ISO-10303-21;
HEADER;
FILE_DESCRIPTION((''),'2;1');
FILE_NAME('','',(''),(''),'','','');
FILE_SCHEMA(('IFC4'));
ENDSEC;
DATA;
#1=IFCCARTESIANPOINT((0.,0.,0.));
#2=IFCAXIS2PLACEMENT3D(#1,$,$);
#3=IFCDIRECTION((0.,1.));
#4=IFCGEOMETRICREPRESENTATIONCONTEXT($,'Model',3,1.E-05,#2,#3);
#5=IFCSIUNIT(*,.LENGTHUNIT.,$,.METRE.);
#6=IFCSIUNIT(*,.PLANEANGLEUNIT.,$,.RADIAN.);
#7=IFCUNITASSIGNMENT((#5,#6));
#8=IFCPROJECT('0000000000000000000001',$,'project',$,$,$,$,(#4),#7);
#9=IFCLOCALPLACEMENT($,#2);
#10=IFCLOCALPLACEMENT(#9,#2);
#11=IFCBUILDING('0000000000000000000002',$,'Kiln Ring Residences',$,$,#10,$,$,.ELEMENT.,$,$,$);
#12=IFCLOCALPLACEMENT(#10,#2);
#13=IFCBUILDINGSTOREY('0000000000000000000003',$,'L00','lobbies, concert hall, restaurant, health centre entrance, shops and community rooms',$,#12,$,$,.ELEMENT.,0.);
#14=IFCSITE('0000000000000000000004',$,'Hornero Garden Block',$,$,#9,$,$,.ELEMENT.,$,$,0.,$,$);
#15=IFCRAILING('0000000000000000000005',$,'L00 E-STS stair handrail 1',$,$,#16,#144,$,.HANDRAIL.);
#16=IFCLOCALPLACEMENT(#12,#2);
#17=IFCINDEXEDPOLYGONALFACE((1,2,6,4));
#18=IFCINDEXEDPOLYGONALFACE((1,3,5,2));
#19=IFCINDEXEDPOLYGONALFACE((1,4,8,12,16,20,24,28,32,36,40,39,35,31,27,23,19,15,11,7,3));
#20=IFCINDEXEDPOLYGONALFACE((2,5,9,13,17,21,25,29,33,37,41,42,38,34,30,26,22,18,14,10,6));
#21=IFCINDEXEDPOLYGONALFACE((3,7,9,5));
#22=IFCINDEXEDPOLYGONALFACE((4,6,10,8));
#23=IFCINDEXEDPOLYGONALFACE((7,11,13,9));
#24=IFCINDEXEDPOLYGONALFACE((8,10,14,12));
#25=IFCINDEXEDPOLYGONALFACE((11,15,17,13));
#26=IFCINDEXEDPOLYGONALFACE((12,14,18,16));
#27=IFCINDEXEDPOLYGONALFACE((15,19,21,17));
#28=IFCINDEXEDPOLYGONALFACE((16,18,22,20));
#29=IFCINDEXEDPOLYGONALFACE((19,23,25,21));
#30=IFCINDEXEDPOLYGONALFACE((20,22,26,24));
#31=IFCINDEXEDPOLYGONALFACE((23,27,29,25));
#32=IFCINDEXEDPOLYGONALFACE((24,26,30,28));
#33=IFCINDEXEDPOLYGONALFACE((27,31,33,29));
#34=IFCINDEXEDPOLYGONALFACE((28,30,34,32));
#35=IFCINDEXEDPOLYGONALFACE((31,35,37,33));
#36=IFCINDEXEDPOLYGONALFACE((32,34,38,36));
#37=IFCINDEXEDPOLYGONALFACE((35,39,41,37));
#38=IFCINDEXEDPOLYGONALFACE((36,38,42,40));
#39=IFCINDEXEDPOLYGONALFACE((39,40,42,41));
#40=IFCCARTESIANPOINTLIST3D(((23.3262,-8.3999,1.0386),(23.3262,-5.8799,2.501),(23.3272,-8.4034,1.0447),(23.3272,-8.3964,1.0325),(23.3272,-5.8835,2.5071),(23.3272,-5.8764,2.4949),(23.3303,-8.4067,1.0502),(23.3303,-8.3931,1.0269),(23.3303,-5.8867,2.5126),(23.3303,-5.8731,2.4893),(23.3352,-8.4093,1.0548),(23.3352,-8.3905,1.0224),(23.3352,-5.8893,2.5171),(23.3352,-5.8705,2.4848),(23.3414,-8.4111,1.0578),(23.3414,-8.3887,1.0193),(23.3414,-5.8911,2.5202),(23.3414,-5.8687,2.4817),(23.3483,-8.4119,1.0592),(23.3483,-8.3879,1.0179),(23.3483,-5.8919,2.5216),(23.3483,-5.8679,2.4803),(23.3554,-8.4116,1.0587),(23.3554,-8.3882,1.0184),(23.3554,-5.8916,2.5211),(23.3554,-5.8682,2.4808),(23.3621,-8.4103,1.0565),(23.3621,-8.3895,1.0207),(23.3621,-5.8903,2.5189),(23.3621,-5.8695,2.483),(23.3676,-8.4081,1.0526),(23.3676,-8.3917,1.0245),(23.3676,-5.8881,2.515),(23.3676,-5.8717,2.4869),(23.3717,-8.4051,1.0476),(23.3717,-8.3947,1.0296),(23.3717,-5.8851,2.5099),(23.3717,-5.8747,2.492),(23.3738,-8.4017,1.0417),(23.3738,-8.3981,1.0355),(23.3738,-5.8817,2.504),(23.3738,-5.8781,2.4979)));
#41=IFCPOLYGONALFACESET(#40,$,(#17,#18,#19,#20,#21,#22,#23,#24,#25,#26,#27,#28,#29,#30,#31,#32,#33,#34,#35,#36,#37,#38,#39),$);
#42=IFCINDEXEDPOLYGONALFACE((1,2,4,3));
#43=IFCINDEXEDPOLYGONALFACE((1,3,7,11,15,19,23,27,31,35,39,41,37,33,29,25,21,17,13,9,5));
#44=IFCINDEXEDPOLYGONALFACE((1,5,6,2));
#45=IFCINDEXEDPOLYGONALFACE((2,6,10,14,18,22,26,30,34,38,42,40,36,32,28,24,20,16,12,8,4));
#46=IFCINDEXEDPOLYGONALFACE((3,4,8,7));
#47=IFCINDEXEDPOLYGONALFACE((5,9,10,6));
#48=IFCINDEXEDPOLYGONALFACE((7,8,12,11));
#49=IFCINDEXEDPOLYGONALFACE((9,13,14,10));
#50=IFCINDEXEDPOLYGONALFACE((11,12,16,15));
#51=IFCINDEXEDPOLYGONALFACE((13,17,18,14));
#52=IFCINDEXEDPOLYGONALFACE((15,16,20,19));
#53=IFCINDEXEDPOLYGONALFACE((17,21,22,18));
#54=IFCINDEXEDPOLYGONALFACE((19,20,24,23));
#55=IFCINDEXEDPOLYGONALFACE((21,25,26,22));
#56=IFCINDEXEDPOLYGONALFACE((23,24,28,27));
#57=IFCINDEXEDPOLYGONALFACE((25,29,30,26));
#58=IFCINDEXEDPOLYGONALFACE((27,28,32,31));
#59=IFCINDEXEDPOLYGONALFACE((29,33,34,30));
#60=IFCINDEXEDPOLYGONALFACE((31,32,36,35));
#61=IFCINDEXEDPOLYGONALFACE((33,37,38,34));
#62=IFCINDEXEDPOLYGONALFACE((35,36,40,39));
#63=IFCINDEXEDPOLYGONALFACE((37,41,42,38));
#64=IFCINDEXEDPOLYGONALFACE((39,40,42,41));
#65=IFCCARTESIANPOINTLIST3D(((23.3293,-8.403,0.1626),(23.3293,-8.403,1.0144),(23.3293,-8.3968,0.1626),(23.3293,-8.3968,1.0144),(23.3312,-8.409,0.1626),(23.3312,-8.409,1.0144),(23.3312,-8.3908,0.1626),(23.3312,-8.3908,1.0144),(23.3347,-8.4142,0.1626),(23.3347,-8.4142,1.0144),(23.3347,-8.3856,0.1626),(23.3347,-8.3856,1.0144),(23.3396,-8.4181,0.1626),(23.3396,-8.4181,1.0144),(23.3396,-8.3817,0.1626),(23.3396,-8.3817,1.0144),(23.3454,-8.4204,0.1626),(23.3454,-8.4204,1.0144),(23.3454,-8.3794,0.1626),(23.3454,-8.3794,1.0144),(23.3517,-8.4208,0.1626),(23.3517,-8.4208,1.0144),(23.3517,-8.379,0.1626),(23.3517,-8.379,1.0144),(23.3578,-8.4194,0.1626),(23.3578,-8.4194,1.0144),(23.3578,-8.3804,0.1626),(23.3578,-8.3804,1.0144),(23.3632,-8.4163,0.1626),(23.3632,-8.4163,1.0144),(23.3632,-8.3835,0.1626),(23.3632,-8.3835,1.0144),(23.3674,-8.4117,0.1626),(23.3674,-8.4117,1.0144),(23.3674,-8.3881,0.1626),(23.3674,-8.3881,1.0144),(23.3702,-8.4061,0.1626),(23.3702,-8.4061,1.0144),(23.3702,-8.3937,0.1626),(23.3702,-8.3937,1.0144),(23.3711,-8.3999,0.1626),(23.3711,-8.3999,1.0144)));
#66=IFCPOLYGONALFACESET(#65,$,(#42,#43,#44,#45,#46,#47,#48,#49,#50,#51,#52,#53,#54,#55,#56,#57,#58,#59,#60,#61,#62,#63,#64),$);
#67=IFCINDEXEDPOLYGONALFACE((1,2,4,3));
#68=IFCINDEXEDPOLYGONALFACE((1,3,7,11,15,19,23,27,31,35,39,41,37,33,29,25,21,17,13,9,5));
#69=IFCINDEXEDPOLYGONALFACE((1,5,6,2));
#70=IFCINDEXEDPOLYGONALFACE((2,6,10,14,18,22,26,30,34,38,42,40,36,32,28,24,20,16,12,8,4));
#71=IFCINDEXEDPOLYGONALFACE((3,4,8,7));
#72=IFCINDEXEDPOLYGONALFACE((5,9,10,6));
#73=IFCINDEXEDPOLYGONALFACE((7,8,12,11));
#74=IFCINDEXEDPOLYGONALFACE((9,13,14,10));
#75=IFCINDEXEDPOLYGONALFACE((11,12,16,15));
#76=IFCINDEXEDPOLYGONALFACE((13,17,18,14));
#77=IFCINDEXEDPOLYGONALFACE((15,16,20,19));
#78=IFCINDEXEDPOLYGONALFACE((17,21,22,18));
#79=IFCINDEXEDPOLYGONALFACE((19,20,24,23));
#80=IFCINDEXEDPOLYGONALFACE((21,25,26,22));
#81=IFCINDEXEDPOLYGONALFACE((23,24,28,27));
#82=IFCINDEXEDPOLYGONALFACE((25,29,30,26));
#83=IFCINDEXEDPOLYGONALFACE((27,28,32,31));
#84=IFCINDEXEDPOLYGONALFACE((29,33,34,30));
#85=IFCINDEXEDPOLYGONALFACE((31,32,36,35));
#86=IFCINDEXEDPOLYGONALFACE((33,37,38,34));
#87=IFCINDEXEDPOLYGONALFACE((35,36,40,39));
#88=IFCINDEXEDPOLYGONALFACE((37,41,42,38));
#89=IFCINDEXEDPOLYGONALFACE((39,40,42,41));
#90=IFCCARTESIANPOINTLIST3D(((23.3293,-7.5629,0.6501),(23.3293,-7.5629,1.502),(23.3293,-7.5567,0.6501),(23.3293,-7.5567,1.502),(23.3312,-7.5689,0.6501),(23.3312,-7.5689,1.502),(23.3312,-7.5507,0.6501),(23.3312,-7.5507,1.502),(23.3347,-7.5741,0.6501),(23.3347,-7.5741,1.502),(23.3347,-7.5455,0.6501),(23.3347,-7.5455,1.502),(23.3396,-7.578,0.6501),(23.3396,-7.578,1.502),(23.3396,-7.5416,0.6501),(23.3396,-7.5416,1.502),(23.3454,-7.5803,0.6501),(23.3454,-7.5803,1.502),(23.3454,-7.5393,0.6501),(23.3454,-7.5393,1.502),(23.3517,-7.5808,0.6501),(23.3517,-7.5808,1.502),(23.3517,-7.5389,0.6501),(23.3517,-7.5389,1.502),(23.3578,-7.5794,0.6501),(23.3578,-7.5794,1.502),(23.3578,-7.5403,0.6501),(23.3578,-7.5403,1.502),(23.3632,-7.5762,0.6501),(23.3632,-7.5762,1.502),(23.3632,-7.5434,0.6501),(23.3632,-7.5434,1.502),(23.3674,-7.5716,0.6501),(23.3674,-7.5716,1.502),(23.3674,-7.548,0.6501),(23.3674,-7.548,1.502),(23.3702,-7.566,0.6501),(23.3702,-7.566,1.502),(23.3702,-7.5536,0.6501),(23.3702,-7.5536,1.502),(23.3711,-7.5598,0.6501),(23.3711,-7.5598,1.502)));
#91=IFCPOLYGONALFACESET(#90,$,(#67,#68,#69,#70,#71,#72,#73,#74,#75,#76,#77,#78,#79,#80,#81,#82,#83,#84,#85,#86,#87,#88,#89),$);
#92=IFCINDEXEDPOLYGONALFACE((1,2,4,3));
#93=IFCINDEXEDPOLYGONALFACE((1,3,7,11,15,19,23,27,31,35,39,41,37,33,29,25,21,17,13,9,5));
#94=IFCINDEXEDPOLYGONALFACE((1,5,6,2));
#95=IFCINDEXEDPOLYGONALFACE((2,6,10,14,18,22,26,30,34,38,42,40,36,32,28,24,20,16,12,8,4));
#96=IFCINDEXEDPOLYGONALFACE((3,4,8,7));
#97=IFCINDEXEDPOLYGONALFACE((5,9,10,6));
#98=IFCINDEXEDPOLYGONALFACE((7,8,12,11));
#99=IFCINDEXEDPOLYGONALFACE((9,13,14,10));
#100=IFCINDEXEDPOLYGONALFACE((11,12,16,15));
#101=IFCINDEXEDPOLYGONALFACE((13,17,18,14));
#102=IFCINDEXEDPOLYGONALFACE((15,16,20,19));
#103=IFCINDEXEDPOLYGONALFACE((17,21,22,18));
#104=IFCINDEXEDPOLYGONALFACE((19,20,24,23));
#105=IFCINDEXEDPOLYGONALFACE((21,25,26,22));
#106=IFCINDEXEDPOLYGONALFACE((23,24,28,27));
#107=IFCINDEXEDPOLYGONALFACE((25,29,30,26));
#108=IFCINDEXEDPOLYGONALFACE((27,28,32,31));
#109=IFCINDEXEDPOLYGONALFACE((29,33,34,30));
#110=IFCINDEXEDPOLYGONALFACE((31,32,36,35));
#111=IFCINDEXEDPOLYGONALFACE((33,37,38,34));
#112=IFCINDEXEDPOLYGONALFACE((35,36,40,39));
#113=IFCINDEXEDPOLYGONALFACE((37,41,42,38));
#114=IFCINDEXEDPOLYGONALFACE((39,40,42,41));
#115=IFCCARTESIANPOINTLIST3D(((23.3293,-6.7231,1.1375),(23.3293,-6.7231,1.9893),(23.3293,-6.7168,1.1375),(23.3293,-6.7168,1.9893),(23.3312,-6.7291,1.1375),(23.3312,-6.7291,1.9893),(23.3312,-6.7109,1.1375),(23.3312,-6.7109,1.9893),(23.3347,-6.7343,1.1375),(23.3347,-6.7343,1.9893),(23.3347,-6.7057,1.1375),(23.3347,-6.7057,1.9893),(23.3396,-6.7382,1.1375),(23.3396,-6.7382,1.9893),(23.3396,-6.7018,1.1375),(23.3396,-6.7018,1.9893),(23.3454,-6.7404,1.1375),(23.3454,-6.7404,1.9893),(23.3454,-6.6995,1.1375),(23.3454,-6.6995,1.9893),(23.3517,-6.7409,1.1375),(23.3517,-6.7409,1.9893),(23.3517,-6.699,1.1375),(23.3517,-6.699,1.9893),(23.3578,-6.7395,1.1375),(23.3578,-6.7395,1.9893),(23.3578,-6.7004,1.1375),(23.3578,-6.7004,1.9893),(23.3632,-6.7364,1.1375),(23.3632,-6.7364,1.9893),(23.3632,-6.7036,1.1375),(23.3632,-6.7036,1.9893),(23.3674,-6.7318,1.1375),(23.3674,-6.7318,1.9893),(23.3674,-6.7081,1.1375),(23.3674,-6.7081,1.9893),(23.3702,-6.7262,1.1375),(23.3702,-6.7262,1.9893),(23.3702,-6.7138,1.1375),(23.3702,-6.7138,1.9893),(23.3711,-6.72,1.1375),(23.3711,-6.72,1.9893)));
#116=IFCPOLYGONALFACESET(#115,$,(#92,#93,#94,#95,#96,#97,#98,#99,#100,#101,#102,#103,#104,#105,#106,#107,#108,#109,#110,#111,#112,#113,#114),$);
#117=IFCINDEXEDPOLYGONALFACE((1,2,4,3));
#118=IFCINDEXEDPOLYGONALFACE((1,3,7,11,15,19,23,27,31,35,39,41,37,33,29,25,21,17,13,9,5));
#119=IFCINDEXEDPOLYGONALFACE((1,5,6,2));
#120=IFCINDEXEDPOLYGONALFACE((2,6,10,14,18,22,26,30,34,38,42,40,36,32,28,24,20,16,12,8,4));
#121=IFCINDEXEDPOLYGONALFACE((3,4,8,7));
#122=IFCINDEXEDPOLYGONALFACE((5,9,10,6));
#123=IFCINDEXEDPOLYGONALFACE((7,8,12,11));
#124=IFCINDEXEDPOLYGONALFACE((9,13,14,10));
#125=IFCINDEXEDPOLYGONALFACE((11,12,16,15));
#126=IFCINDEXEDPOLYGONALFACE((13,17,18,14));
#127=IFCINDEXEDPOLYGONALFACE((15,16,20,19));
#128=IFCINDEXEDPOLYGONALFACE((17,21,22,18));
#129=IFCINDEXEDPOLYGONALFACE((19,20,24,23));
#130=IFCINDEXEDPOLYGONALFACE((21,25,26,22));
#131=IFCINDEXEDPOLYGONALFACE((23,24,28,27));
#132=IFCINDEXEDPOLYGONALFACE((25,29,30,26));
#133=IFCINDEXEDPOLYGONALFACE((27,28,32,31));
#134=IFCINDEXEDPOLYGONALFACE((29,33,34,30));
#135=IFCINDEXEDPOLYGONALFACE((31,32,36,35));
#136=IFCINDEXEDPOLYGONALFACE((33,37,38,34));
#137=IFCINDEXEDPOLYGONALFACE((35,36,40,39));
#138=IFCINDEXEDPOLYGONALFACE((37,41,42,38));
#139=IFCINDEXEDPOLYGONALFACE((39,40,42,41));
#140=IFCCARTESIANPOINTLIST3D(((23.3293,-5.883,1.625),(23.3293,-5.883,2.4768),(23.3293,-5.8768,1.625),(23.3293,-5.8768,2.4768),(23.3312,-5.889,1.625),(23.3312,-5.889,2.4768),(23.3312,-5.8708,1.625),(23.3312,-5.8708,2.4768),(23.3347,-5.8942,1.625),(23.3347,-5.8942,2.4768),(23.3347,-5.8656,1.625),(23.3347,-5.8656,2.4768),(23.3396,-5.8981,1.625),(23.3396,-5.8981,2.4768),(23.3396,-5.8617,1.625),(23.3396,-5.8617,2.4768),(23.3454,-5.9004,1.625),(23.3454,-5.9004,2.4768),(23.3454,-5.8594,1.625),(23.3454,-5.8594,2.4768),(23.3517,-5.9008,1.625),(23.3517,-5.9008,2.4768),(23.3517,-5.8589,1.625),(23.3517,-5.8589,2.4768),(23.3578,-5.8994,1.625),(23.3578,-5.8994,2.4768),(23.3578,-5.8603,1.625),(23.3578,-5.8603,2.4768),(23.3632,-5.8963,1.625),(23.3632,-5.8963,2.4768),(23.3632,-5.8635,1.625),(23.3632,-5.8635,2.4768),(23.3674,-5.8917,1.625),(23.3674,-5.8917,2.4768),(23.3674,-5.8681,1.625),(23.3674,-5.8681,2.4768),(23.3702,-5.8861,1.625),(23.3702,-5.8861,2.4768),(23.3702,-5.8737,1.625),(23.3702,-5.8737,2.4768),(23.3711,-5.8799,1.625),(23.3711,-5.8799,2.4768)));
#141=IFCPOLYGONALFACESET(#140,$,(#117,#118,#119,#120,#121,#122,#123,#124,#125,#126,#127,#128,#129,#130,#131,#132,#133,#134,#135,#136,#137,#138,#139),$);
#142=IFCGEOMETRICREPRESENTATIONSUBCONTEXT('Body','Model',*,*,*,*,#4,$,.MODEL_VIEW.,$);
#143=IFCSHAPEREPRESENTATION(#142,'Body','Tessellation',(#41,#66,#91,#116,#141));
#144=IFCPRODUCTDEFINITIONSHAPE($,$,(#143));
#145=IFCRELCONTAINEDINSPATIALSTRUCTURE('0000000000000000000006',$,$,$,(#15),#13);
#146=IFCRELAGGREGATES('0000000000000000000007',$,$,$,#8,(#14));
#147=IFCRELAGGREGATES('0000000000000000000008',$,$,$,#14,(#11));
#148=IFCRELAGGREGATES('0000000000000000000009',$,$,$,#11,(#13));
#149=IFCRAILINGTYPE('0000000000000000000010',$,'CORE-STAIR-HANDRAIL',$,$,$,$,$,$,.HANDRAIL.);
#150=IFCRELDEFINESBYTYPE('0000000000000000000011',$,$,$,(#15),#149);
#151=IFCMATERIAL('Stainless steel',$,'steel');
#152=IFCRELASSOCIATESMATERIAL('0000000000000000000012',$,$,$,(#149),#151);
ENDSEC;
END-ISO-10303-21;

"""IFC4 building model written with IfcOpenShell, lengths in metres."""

from ifc_helpers import new_model, si_unit, direction, frame, origin, origin_2d, place, context, subcontext, project, spatial, circle, extrude, material, type_object, element, save


model = new_model("IFC4")

# Units and contexts
model_context = context("Model", 3, precision=1e-05, world=origin(), true_north=direction((0.0, 1.0)))
body_context = subcontext(model_context, "Body", "Model", "MODEL_VIEW")
ifc_project = project(units=[si_unit("LENGTHUNIT", "METRE"), si_unit("PLANEANGLEUNIT", "RADIAN")], contexts=[model_context])

# Site, building, storey
site_placement = place(None, origin())
site = spatial("IfcSite", under=ifc_project, at=site_placement, Name="Hornero Garden Block", CompositionType="ELEMENT", RefElevation=0.0)
building_placement = place(site_placement, origin())
building = spatial("IfcBuilding", under=site, at=building_placement, Name="Kiln Ring Residences", CompositionType="ELEMENT")
storey_placement = place(building_placement, origin())
storey = spatial("IfcBuildingStorey", under=building, at=storey_placement, Name="L00", Description="lobbies, concert hall, restaurant, health centre entrance, shops and community rooms", CompositionType="ELEMENT", Elevation=0.0)

# Railing
ifc_material_1 = material(Name="Stainless steel", Category="steel")
railing_type_1 = type_object("IfcRailingType", Name="CORE-STAIR-HANDRAIL", PredefinedType="HANDRAIL", material=ifc_material_1)
for number, where, name in (
    (1, (23.3501, -8.3999, 0.1626), "L00 E-STS stair handrail 1"),
):
    element("IfcRailing", number, at=place(storey_placement, frame(where)), inside=storey, type_object=railing_type_1, Name=name, PredefinedType="HANDRAIL", context=body_context, shape_type="SweptSolid", body=[
        extrude(circle(Radius=0.0239, at=origin_2d()), frame((0.0, 0.0, 0.876), z_axis=(0.0, 0.864913, 0.501921), x_axis=(-1.0, 0.0, 0.0)), (0.0, 0.0, 1.0), 2.9136),
        extrude(circle(Radius=0.021, at=origin_2d()), origin(), (0.0, 0.0, 1.0), 0.8518),
        extrude(circle(Radius=0.021, at=origin_2d()), frame((0.0, 0.8401, 0.4875)), (0.0, 0.0, 1.0), 0.8518),
        extrude(circle(Radius=0.021, at=origin_2d()), frame((0.0, 1.6799, 0.9749)), (0.0, 0.0, 1.0), 0.8518),
        extrude(circle(Radius=0.021, at=origin_2d()), frame((0.0, 2.52, 1.4624)), (0.0, 0.0, 1.0), 0.8518),
    ])

save(model, "model.ifc")
